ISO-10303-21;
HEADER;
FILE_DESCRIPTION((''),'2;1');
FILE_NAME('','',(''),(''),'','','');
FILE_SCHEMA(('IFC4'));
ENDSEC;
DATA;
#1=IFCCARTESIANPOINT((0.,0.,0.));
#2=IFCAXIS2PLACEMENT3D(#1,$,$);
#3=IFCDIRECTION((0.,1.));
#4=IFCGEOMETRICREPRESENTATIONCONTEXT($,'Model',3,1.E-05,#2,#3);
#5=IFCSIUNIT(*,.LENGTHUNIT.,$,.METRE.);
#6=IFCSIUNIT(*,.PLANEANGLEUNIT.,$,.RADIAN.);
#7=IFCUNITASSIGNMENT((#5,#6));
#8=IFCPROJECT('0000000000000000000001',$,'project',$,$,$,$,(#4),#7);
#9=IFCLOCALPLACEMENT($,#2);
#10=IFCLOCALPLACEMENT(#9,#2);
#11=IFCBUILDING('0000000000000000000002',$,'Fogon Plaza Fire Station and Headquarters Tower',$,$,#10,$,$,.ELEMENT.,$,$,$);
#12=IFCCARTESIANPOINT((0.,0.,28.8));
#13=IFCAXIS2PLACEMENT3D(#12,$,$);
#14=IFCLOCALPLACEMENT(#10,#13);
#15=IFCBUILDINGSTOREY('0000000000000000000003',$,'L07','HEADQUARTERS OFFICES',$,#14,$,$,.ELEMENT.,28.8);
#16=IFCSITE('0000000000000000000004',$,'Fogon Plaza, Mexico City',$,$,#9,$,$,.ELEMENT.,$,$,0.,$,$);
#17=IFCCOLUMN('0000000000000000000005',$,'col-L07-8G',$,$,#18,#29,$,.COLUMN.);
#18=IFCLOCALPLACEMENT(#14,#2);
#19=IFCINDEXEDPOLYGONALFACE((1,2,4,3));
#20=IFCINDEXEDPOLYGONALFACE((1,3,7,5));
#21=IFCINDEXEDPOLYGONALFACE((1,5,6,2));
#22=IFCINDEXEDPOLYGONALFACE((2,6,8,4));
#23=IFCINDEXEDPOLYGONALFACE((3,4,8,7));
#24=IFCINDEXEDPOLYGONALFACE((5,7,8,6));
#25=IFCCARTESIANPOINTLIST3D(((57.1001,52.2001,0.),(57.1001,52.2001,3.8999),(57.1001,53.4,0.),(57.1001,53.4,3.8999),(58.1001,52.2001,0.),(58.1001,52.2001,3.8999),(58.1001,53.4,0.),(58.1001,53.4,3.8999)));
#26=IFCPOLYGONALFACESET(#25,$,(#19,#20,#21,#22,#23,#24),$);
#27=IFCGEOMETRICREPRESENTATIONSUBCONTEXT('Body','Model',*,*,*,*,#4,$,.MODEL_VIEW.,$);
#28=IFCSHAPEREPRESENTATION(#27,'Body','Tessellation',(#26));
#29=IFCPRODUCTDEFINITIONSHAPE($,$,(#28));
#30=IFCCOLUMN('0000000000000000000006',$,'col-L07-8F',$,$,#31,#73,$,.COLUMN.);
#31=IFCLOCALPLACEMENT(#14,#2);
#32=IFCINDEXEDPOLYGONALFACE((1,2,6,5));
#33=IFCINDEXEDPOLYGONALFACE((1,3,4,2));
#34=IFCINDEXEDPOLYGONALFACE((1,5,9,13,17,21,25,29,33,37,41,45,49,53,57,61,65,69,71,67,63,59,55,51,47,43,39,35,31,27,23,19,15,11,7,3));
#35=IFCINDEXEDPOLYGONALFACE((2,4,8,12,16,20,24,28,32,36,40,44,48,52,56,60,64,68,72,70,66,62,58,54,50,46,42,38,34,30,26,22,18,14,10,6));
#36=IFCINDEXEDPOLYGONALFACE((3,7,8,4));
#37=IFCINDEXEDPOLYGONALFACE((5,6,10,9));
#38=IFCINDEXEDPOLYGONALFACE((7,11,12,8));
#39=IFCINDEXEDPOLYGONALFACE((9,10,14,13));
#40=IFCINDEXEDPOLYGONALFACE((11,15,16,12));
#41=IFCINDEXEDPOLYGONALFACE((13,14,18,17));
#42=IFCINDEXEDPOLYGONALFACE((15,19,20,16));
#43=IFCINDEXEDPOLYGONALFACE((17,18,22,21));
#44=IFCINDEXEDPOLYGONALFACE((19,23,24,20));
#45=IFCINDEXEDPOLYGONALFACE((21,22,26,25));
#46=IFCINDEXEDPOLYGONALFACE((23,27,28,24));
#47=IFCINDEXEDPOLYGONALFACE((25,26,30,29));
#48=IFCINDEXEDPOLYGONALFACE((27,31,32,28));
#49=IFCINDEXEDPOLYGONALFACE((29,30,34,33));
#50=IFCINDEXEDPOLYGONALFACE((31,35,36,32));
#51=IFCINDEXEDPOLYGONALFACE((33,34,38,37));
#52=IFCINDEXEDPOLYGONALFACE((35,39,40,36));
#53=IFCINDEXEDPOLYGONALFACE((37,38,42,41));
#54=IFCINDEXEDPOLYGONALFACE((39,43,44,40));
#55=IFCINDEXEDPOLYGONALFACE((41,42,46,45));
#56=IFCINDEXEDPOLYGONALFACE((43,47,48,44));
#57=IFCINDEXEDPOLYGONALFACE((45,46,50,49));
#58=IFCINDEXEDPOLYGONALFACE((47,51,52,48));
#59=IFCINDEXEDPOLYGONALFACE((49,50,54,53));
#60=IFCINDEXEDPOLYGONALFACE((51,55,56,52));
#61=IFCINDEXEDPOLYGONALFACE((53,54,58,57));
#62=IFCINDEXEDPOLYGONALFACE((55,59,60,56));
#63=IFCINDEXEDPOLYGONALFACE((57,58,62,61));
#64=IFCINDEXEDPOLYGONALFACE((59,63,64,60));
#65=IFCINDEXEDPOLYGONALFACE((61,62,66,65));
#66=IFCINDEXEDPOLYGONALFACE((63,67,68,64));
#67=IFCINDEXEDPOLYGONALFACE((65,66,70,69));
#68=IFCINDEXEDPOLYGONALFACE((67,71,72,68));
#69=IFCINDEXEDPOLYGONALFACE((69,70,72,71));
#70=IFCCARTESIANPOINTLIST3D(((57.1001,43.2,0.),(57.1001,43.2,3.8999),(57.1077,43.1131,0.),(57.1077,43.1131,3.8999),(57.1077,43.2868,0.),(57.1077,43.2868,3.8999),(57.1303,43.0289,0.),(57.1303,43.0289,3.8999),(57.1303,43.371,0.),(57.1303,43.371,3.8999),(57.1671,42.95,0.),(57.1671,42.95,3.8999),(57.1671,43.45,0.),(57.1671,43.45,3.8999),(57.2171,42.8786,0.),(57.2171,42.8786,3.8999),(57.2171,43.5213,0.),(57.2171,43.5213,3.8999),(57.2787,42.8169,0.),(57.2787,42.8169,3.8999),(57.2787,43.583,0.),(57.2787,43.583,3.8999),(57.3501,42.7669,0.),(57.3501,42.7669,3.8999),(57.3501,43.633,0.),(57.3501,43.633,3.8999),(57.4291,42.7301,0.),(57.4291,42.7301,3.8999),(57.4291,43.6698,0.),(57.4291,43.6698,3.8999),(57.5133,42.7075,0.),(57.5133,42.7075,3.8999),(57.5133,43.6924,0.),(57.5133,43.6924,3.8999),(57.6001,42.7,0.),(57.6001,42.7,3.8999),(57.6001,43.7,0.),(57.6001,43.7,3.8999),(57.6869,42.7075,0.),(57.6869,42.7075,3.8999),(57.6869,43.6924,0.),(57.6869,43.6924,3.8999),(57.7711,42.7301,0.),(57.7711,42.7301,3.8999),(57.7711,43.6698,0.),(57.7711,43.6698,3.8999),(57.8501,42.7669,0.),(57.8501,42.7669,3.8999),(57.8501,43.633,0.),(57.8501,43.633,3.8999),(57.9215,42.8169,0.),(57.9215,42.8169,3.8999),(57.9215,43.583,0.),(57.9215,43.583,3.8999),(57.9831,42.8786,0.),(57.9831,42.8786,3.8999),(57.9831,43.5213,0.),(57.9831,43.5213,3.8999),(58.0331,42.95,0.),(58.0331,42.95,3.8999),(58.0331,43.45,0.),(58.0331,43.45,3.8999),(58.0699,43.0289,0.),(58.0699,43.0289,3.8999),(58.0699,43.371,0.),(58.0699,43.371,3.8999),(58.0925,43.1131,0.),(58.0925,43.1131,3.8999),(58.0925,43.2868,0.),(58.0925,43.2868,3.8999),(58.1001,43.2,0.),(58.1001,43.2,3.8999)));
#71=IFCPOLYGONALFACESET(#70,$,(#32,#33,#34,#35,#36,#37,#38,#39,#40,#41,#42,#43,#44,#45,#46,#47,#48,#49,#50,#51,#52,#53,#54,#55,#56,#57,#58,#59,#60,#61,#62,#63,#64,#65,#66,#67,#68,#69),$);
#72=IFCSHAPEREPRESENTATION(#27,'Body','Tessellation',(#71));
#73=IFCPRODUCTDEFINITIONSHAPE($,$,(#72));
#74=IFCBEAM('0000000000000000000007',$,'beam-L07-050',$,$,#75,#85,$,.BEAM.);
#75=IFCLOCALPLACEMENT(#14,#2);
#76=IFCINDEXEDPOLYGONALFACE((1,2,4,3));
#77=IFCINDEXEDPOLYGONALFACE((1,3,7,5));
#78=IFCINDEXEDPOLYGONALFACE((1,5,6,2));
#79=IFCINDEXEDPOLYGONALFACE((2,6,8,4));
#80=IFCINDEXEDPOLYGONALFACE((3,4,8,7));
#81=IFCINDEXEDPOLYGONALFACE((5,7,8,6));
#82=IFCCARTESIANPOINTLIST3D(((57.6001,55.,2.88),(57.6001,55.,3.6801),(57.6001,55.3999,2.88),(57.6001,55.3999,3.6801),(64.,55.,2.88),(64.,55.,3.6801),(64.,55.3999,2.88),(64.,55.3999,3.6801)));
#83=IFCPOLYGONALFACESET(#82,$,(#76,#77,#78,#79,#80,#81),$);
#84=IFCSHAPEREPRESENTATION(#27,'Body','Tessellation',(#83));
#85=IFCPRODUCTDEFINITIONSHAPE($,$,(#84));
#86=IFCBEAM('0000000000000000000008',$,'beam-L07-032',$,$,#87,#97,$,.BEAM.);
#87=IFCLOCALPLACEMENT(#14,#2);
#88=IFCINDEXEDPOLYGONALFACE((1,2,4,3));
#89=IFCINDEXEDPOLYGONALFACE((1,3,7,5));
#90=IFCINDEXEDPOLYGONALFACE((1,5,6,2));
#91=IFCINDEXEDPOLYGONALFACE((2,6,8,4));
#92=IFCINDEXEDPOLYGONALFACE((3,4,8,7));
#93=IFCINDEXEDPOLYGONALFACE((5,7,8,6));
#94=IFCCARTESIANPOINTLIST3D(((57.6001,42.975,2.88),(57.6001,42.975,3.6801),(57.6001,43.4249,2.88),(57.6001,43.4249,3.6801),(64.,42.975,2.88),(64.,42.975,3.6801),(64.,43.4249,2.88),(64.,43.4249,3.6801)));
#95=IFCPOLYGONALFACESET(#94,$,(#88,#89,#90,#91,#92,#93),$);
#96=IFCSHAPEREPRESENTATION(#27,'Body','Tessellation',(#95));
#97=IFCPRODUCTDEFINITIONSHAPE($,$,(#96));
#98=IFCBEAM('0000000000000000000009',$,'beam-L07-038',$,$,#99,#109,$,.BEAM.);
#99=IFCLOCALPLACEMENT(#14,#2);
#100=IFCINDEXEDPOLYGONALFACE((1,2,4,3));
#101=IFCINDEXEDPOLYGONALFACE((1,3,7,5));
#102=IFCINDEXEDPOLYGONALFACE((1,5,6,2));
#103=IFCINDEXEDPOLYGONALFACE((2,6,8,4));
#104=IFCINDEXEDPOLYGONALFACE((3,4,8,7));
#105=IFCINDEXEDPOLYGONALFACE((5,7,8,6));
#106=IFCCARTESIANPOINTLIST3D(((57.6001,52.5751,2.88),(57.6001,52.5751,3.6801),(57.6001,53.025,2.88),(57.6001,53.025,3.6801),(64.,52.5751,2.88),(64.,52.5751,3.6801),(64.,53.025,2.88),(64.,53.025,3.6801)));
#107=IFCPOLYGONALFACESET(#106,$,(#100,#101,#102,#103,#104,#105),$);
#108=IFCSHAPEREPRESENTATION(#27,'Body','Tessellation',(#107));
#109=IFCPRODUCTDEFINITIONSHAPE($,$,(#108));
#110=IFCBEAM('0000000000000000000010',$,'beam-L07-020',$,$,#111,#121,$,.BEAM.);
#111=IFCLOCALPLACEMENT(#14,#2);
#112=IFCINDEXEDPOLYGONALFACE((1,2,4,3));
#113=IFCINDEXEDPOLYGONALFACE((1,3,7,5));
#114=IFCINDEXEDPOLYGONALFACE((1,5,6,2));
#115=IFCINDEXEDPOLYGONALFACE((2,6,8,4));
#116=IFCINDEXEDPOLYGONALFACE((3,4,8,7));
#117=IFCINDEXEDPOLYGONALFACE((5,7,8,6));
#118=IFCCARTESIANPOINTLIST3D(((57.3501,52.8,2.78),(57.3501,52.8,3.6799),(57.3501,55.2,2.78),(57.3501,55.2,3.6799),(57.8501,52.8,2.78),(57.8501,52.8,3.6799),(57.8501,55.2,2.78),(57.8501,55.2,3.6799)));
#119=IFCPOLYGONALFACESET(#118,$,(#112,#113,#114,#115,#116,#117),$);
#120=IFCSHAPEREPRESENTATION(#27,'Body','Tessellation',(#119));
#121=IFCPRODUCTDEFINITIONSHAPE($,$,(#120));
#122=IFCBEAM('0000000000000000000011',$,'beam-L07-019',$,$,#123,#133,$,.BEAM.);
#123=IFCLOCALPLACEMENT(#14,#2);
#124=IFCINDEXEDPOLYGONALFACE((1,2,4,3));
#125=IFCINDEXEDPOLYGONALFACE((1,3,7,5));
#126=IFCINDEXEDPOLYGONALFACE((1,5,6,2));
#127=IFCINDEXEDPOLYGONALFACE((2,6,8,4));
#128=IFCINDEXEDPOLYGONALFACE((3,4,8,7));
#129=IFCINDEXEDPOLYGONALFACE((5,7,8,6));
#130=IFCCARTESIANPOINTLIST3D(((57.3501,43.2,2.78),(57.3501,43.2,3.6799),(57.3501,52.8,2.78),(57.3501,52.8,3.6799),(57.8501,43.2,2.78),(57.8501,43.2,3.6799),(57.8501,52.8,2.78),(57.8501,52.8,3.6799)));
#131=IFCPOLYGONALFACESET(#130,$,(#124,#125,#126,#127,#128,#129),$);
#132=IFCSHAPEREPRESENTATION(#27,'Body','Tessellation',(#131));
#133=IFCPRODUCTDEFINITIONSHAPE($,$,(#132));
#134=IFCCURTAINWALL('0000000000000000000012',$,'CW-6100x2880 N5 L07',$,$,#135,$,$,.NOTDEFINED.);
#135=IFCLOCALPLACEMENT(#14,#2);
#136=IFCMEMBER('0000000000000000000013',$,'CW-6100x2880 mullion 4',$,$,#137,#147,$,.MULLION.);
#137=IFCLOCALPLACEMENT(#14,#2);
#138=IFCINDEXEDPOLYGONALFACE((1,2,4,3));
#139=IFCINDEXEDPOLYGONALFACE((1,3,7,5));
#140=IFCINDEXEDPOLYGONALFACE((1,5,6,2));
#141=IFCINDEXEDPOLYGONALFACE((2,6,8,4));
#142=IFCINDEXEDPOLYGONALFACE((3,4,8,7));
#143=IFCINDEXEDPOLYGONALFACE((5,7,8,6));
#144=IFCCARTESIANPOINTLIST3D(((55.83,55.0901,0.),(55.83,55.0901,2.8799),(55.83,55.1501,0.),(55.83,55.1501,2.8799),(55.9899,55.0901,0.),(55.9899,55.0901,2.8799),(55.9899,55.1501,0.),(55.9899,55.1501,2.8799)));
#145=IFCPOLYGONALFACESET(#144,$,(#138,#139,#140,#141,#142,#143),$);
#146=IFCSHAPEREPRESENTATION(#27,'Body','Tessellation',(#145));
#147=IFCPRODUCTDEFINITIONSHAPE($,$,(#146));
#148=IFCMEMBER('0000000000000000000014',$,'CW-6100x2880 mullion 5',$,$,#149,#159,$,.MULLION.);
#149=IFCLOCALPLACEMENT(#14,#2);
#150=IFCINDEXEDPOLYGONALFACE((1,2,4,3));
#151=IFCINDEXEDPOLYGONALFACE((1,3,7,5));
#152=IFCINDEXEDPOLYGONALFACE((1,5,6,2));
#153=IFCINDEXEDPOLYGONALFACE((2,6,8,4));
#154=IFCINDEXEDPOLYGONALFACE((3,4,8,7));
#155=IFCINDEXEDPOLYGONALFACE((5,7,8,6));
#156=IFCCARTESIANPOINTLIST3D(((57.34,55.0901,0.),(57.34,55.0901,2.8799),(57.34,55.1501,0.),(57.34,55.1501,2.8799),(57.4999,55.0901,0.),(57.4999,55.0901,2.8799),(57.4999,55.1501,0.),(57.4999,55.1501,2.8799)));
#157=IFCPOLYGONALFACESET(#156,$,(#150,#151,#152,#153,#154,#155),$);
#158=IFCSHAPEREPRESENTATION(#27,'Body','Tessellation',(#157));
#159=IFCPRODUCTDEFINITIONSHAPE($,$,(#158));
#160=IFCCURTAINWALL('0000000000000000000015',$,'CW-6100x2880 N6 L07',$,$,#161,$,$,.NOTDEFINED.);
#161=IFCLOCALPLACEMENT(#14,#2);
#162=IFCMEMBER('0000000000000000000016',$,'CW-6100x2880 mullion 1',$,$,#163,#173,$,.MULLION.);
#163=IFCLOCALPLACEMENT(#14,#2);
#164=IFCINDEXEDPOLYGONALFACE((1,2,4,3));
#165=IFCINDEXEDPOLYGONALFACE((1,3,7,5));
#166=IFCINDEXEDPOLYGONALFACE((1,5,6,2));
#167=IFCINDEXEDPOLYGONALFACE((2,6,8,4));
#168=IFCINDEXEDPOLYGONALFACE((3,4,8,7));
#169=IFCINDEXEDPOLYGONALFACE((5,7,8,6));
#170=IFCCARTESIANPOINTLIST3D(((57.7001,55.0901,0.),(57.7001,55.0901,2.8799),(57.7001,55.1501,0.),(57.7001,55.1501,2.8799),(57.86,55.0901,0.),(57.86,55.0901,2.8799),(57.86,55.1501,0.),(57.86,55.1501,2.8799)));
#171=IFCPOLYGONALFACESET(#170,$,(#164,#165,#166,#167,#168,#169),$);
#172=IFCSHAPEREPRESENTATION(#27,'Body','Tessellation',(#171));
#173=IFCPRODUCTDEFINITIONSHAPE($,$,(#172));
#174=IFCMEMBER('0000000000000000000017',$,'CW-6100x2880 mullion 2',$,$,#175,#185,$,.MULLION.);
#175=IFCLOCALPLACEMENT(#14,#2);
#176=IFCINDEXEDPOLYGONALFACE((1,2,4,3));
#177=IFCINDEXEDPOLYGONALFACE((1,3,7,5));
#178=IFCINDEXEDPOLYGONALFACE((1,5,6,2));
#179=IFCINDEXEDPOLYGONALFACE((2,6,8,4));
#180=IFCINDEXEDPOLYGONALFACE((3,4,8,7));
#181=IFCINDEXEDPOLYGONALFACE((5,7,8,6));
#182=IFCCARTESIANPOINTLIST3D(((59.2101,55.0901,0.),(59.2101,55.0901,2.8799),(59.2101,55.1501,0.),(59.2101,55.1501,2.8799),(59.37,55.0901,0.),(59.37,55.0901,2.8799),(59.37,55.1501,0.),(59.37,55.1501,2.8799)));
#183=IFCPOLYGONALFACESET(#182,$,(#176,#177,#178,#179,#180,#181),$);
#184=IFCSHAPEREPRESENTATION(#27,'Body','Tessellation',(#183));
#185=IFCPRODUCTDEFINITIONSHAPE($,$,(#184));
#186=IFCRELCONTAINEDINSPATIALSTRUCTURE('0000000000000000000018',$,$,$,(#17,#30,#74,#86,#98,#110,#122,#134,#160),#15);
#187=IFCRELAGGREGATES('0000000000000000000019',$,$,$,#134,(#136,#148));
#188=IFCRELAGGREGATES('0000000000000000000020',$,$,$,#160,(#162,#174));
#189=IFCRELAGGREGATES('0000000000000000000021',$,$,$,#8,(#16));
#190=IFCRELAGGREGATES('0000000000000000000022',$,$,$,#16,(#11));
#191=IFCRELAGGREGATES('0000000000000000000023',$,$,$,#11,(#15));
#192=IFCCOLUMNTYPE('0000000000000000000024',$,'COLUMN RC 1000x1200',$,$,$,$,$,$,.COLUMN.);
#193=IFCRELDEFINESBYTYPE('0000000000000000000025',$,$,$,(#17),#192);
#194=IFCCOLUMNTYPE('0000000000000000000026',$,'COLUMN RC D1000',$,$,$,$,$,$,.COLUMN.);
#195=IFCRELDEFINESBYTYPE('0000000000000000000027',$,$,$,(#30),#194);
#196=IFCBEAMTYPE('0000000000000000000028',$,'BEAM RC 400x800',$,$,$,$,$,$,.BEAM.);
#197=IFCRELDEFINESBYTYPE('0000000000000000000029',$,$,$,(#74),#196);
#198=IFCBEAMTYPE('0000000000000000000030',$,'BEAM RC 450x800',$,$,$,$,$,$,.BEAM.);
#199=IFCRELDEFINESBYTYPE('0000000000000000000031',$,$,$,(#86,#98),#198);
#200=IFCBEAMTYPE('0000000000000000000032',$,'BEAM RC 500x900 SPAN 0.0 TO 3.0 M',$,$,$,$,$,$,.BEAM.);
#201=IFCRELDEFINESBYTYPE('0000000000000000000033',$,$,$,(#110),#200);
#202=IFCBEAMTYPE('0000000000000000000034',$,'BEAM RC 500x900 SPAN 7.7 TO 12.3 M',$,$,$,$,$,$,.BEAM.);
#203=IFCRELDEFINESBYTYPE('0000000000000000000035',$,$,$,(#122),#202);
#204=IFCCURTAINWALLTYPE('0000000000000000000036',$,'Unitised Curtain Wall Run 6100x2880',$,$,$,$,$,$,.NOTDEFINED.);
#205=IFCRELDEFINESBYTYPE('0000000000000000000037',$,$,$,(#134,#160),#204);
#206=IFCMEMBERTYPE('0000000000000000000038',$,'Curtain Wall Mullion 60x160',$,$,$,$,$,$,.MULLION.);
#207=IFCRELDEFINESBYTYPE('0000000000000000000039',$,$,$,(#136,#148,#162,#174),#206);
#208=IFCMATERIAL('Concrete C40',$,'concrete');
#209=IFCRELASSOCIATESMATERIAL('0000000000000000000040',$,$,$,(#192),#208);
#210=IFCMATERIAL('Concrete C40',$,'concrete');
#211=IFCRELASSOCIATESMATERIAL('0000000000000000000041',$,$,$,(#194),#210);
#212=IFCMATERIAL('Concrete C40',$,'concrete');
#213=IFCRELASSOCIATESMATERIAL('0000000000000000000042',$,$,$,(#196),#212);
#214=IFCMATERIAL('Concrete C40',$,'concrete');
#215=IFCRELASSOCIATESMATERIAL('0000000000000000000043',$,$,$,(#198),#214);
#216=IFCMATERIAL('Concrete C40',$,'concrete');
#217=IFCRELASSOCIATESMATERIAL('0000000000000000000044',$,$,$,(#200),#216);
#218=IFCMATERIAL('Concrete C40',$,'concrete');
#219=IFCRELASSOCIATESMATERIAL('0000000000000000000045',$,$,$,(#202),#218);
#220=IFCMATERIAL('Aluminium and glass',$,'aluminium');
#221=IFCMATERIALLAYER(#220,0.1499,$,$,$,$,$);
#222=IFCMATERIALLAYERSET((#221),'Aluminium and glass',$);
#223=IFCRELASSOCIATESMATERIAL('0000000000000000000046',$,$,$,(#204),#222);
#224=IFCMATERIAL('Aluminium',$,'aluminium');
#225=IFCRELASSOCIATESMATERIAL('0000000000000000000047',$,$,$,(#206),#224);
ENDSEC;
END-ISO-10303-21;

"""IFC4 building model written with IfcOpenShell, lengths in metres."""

from ifc_helpers import new_model, si_unit, direction, frame, origin, origin_2d, place, context, subcontext, project, spatial, rectangle, circle, extrude, material, layer, layer_set, material_profile, profile_set, type_object, element, aggregate, save


model = new_model("IFC4")

# Units and contexts
model_context = context("Model", 3, precision=1e-05, world=origin(), true_north=direction((0.0, 1.0)))
body_context = subcontext(model_context, "Body", "Model", "MODEL_VIEW")
ifc_project = project(units=[si_unit("LENGTHUNIT", "METRE"), si_unit("PLANEANGLEUNIT", "RADIAN")], contexts=[model_context])

# Site, building, storey
site_placement = place(None, origin())
site = spatial("IfcSite", under=ifc_project, at=site_placement, Name="Fogon Plaza, Mexico City", CompositionType="ELEMENT", RefElevation=0.0)
building_placement = place(site_placement, origin())
building = spatial("IfcBuilding", under=site, at=building_placement, Name="Fogon Plaza Fire Station and Headquarters Tower", CompositionType="ELEMENT")
storey_placement = place(building_placement, frame((0.0, 0.0, 28.8)))
storey = spatial("IfcBuildingStorey", under=building, at=storey_placement, Name="L07", Description="HEADQUARTERS OFFICES", CompositionType="ELEMENT", Elevation=28.8)

# Columns
ifc_material_1 = material(Name="Concrete C40", Category="concrete")
ifc_material_profile_1 = material_profile(ifc_material_1, rectangle(XDim=1.0, YDim=1.2, at=origin_2d()), Name="RC 1000x1200")
ifc_profile_set_1 = profile_set([ifc_material_profile_1], Name="Concrete C40")
column_type_1 = type_object("IfcColumnType", Name="COLUMN RC 1000x1200", PredefinedType="COLUMN", material=ifc_profile_set_1)
column_1_placement = place(storey_placement, frame((57.6001, 52.8, 0.0), z_axis=(0.0, 0.0, 1.0), x_axis=(1.0, 0.0, 0.0)))
element("IfcColumn", 1, at=column_1_placement, inside=storey, type_object=column_type_1, Name="col-L07-8G", PredefinedType="COLUMN", context=body_context, shape_type="SweptSolid", body=[
    extrude(rectangle(XDim=1.0, YDim=1.2, at=origin_2d()), origin(), (0.0, 0.0, 1.0), 3.8999),
])
ifc_material_2 = material(Name="Concrete C40", Category="concrete")
ifc_material_profile_2 = material_profile(ifc_material_2, circle(Radius=0.5, at=origin_2d()), Name="RC D1000")
ifc_profile_set_2 = profile_set([ifc_material_profile_2], Name="Concrete C40")
column_type_2 = type_object("IfcColumnType", Name="COLUMN RC D1000", PredefinedType="COLUMN", material=ifc_profile_set_2)
column_2_placement = place(storey_placement, frame((57.6001, 43.2, 0.0), z_axis=(0.0, 0.0, 1.0), x_axis=(1.0, 0.0, 0.0)))
element("IfcColumn", 2, at=column_2_placement, inside=storey, type_object=column_type_2, Name="col-L07-8F", PredefinedType="COLUMN", context=body_context, shape_type="SweptSolid", body=[
    extrude(circle(Radius=0.5, at=origin_2d()), origin(), (0.0, 0.0, 1.0), 3.8999),
])

# Beams
ifc_material_3 = material(Name="Concrete C40", Category="concrete")
ifc_material_profile_3 = material_profile(ifc_material_3, rectangle(XDim=0.3999, YDim=0.8, at=origin_2d()), Name="RC 400x800")
ifc_profile_set_3 = profile_set([ifc_material_profile_3], Name="Concrete C40")
beam_type_1 = type_object("IfcBeamType", Name="BEAM RC 400x800", PredefinedType="BEAM", material=ifc_profile_set_3)
beam_1_placement = place(storey_placement, frame((57.6001, 55.2, 3.28), z_axis=(1.0, 0.0, 0.0), x_axis=(0.0, 1.0, 0.0)))
element("IfcBeam", 3, at=beam_1_placement, inside=storey, type_object=beam_type_1, Name="beam-L07-050", PredefinedType="BEAM", context=body_context, shape_type="SweptSolid", body=[
    extrude(rectangle(XDim=0.3999, YDim=0.8, at=origin_2d()), origin(), (0.0, 0.0, 1.0), 6.3999),
])
ifc_material_4 = material(Name="Concrete C40", Category="concrete")
ifc_material_profile_4 = material_profile(ifc_material_4, rectangle(XDim=0.45, YDim=0.8, at=origin_2d()), Name="RC 450x800")
ifc_profile_set_4 = profile_set([ifc_material_profile_4], Name="Concrete C40")
beam_type_2 = type_object("IfcBeamType", Name="BEAM RC 450x800", PredefinedType="BEAM", material=ifc_profile_set_4)
for number, where, z_axis, x_axis, name in (
    (4, (57.6001, 43.2, 3.28), (1.0, 0.0, 0.0), (0.0, 1.0, 0.0), "beam-L07-032"),
    (5, (57.6001, 52.8, 3.28), (1.0, 0.0, 0.0), (0.0, 1.0, 0.0), "beam-L07-038"),
):
    element("IfcBeam", number, at=place(storey_placement, frame(where, z_axis=z_axis, x_axis=x_axis)), inside=storey, type_object=beam_type_2, Name=name, PredefinedType="BEAM", context=body_context, shape_type="SweptSolid", body=[
        extrude(rectangle(XDim=0.45, YDim=0.8, at=origin_2d()), origin(), (0.0, 0.0, 1.0), 6.3999),
    ])
ifc_material_5 = material(Name="Concrete C40", Category="concrete")
ifc_material_profile_5 = material_profile(ifc_material_5, rectangle(XDim=0.5, YDim=0.8999, at=origin_2d()), Name="RC 500x900")
ifc_profile_set_5 = profile_set([ifc_material_profile_5], Name="Concrete C40")
beam_type_3 = type_object("IfcBeamType", Name="BEAM RC 500x900 SPAN 0.0 TO 3.0 M", PredefinedType="BEAM", material=ifc_profile_set_5)
beam_2_placement = place(storey_placement, frame((57.6001, 52.8, 3.23), z_axis=(0.0, 1.0, 0.0), x_axis=(-1.0, 0.0, 0.0)))
element("IfcBeam", 6, at=beam_2_placement, inside=storey, type_object=beam_type_3, Name="beam-L07-020", PredefinedType="BEAM", context=body_context, shape_type="SweptSolid", body=[
    extrude(rectangle(XDim=0.5, YDim=0.8999, at=origin_2d()), origin(), (0.0, 0.0, 1.0), 2.3999),
])
ifc_material_6 = material(Name="Concrete C40", Category="concrete")
ifc_material_profile_6 = material_profile(ifc_material_6, rectangle(XDim=0.5, YDim=0.8999, at=origin_2d()), Name="RC 500x900")
ifc_profile_set_6 = profile_set([ifc_material_profile_6], Name="Concrete C40")
beam_type_4 = type_object("IfcBeamType", Name="BEAM RC 500x900 SPAN 7.7 TO 12.3 M", PredefinedType="BEAM", material=ifc_profile_set_6)
beam_3_placement = place(storey_placement, frame((57.6001, 43.2, 3.23), z_axis=(0.0, 1.0, 0.0), x_axis=(-1.0, 0.0, 0.0)))
element("IfcBeam", 7, at=beam_3_placement, inside=storey, type_object=beam_type_4, Name="beam-L07-019", PredefinedType="BEAM", context=body_context, shape_type="SweptSolid", body=[
    extrude(rectangle(XDim=0.5, YDim=0.8999, at=origin_2d()), origin(), (0.0, 0.0, 1.0), 9.6001),
])

# Curtain walls, members
ifc_material_7 = material(Name="Aluminium and glass", Category="aluminium")
ifc_layer_1 = layer(ifc_material_7, 0.1499)
ifc_layer_set_1 = layer_set([ifc_layer_1], Name="Aluminium and glass")
curtain_wall_type = type_object("IfcCurtainWallType", Name="Unitised Curtain Wall Run 6100x2880", PredefinedType="NOTDEFINED", material=ifc_layer_set_1)
curtain_wall_1_placement = place(storey_placement, origin())
curtain_wall_1 = element("IfcCurtainWall", 8, at=curtain_wall_1_placement, inside=storey, type_object=curtain_wall_type, Name="CW-6100x2880 N5 L07", PredefinedType="NOTDEFINED")
ifc_material_8 = material(Name="Aluminium", Category="aluminium")
ifc_material_profile_7 = material_profile(ifc_material_8, rectangle(XDim=0.0601, YDim=0.1599, at=origin_2d()), Name="Curtain Wall Mullion 60x160")
ifc_profile_set_7 = profile_set([ifc_material_profile_7], Name="Aluminium")
member_type_1 = type_object("IfcMemberType", Name="Curtain Wall Mullion 60x160", PredefinedType="MULLION", material=ifc_profile_set_7)
member_1_placement = place(storey_placement, frame((55.9099, 55.1201, 0.0), z_axis=(0.0, 0.0, 1.0), x_axis=(0.0, 1.0, 0.0)))
member_1 = element("IfcMember", 9, at=member_1_placement, type_object=member_type_1, Name="CW-6100x2880 mullion 4", PredefinedType="MULLION", context=body_context, shape_type="SweptSolid", body=[
    extrude(rectangle(XDim=0.0601, YDim=0.1599, at=origin_2d()), origin(), (0.0, 0.0, 1.0), 2.8799),
])
member_2_placement = place(storey_placement, frame((57.4199, 55.1201, 0.0), z_axis=(0.0, 0.0, 1.0), x_axis=(0.0, 1.0, 0.0)))
member_2 = element("IfcMember", 10, at=member_2_placement, type_object=member_type_1, Name="CW-6100x2880 mullion 5", PredefinedType="MULLION", context=body_context, shape_type="SweptSolid", body=[
    extrude(rectangle(XDim=0.0601, YDim=0.1599, at=origin_2d()), origin(), (0.0, 0.0, 1.0), 2.8799),
])
curtain_wall_2_placement = place(storey_placement, origin())
curtain_wall_2 = element("IfcCurtainWall", 11, at=curtain_wall_2_placement, inside=storey, type_object=curtain_wall_type, Name="CW-6100x2880 N6 L07", PredefinedType="NOTDEFINED")
member_3_placement = place(storey_placement, frame((57.78, 55.1201, 0.0), z_axis=(0.0, 0.0, 1.0), x_axis=(0.0, 1.0, 0.0)))
member_3 = element("IfcMember", 12, at=member_3_placement, type_object=member_type_1, Name="CW-6100x2880 mullion 1", PredefinedType="MULLION", context=body_context, shape_type="SweptSolid", body=[
    extrude(rectangle(XDim=0.0601, YDim=0.1599, at=origin_2d()), origin(), (0.0, 0.0, 1.0), 2.8799),
])
member_4_placement = place(storey_placement, frame((59.29, 55.1201, 0.0), z_axis=(0.0, 0.0, 1.0), x_axis=(0.0, 1.0, 0.0)))
member_4 = element("IfcMember", 13, at=member_4_placement, type_object=member_type_1, Name="CW-6100x2880 mullion 2", PredefinedType="MULLION", context=body_context, shape_type="SweptSolid", body=[
    extrude(rectangle(XDim=0.0601, YDim=0.1599, at=origin_2d()), origin(), (0.0, 0.0, 1.0), 2.8799),
])

aggregate(curtain_wall_1, [member_1, member_2])
aggregate(curtain_wall_2, [member_3, member_4])

save(model, "model.ifc")
